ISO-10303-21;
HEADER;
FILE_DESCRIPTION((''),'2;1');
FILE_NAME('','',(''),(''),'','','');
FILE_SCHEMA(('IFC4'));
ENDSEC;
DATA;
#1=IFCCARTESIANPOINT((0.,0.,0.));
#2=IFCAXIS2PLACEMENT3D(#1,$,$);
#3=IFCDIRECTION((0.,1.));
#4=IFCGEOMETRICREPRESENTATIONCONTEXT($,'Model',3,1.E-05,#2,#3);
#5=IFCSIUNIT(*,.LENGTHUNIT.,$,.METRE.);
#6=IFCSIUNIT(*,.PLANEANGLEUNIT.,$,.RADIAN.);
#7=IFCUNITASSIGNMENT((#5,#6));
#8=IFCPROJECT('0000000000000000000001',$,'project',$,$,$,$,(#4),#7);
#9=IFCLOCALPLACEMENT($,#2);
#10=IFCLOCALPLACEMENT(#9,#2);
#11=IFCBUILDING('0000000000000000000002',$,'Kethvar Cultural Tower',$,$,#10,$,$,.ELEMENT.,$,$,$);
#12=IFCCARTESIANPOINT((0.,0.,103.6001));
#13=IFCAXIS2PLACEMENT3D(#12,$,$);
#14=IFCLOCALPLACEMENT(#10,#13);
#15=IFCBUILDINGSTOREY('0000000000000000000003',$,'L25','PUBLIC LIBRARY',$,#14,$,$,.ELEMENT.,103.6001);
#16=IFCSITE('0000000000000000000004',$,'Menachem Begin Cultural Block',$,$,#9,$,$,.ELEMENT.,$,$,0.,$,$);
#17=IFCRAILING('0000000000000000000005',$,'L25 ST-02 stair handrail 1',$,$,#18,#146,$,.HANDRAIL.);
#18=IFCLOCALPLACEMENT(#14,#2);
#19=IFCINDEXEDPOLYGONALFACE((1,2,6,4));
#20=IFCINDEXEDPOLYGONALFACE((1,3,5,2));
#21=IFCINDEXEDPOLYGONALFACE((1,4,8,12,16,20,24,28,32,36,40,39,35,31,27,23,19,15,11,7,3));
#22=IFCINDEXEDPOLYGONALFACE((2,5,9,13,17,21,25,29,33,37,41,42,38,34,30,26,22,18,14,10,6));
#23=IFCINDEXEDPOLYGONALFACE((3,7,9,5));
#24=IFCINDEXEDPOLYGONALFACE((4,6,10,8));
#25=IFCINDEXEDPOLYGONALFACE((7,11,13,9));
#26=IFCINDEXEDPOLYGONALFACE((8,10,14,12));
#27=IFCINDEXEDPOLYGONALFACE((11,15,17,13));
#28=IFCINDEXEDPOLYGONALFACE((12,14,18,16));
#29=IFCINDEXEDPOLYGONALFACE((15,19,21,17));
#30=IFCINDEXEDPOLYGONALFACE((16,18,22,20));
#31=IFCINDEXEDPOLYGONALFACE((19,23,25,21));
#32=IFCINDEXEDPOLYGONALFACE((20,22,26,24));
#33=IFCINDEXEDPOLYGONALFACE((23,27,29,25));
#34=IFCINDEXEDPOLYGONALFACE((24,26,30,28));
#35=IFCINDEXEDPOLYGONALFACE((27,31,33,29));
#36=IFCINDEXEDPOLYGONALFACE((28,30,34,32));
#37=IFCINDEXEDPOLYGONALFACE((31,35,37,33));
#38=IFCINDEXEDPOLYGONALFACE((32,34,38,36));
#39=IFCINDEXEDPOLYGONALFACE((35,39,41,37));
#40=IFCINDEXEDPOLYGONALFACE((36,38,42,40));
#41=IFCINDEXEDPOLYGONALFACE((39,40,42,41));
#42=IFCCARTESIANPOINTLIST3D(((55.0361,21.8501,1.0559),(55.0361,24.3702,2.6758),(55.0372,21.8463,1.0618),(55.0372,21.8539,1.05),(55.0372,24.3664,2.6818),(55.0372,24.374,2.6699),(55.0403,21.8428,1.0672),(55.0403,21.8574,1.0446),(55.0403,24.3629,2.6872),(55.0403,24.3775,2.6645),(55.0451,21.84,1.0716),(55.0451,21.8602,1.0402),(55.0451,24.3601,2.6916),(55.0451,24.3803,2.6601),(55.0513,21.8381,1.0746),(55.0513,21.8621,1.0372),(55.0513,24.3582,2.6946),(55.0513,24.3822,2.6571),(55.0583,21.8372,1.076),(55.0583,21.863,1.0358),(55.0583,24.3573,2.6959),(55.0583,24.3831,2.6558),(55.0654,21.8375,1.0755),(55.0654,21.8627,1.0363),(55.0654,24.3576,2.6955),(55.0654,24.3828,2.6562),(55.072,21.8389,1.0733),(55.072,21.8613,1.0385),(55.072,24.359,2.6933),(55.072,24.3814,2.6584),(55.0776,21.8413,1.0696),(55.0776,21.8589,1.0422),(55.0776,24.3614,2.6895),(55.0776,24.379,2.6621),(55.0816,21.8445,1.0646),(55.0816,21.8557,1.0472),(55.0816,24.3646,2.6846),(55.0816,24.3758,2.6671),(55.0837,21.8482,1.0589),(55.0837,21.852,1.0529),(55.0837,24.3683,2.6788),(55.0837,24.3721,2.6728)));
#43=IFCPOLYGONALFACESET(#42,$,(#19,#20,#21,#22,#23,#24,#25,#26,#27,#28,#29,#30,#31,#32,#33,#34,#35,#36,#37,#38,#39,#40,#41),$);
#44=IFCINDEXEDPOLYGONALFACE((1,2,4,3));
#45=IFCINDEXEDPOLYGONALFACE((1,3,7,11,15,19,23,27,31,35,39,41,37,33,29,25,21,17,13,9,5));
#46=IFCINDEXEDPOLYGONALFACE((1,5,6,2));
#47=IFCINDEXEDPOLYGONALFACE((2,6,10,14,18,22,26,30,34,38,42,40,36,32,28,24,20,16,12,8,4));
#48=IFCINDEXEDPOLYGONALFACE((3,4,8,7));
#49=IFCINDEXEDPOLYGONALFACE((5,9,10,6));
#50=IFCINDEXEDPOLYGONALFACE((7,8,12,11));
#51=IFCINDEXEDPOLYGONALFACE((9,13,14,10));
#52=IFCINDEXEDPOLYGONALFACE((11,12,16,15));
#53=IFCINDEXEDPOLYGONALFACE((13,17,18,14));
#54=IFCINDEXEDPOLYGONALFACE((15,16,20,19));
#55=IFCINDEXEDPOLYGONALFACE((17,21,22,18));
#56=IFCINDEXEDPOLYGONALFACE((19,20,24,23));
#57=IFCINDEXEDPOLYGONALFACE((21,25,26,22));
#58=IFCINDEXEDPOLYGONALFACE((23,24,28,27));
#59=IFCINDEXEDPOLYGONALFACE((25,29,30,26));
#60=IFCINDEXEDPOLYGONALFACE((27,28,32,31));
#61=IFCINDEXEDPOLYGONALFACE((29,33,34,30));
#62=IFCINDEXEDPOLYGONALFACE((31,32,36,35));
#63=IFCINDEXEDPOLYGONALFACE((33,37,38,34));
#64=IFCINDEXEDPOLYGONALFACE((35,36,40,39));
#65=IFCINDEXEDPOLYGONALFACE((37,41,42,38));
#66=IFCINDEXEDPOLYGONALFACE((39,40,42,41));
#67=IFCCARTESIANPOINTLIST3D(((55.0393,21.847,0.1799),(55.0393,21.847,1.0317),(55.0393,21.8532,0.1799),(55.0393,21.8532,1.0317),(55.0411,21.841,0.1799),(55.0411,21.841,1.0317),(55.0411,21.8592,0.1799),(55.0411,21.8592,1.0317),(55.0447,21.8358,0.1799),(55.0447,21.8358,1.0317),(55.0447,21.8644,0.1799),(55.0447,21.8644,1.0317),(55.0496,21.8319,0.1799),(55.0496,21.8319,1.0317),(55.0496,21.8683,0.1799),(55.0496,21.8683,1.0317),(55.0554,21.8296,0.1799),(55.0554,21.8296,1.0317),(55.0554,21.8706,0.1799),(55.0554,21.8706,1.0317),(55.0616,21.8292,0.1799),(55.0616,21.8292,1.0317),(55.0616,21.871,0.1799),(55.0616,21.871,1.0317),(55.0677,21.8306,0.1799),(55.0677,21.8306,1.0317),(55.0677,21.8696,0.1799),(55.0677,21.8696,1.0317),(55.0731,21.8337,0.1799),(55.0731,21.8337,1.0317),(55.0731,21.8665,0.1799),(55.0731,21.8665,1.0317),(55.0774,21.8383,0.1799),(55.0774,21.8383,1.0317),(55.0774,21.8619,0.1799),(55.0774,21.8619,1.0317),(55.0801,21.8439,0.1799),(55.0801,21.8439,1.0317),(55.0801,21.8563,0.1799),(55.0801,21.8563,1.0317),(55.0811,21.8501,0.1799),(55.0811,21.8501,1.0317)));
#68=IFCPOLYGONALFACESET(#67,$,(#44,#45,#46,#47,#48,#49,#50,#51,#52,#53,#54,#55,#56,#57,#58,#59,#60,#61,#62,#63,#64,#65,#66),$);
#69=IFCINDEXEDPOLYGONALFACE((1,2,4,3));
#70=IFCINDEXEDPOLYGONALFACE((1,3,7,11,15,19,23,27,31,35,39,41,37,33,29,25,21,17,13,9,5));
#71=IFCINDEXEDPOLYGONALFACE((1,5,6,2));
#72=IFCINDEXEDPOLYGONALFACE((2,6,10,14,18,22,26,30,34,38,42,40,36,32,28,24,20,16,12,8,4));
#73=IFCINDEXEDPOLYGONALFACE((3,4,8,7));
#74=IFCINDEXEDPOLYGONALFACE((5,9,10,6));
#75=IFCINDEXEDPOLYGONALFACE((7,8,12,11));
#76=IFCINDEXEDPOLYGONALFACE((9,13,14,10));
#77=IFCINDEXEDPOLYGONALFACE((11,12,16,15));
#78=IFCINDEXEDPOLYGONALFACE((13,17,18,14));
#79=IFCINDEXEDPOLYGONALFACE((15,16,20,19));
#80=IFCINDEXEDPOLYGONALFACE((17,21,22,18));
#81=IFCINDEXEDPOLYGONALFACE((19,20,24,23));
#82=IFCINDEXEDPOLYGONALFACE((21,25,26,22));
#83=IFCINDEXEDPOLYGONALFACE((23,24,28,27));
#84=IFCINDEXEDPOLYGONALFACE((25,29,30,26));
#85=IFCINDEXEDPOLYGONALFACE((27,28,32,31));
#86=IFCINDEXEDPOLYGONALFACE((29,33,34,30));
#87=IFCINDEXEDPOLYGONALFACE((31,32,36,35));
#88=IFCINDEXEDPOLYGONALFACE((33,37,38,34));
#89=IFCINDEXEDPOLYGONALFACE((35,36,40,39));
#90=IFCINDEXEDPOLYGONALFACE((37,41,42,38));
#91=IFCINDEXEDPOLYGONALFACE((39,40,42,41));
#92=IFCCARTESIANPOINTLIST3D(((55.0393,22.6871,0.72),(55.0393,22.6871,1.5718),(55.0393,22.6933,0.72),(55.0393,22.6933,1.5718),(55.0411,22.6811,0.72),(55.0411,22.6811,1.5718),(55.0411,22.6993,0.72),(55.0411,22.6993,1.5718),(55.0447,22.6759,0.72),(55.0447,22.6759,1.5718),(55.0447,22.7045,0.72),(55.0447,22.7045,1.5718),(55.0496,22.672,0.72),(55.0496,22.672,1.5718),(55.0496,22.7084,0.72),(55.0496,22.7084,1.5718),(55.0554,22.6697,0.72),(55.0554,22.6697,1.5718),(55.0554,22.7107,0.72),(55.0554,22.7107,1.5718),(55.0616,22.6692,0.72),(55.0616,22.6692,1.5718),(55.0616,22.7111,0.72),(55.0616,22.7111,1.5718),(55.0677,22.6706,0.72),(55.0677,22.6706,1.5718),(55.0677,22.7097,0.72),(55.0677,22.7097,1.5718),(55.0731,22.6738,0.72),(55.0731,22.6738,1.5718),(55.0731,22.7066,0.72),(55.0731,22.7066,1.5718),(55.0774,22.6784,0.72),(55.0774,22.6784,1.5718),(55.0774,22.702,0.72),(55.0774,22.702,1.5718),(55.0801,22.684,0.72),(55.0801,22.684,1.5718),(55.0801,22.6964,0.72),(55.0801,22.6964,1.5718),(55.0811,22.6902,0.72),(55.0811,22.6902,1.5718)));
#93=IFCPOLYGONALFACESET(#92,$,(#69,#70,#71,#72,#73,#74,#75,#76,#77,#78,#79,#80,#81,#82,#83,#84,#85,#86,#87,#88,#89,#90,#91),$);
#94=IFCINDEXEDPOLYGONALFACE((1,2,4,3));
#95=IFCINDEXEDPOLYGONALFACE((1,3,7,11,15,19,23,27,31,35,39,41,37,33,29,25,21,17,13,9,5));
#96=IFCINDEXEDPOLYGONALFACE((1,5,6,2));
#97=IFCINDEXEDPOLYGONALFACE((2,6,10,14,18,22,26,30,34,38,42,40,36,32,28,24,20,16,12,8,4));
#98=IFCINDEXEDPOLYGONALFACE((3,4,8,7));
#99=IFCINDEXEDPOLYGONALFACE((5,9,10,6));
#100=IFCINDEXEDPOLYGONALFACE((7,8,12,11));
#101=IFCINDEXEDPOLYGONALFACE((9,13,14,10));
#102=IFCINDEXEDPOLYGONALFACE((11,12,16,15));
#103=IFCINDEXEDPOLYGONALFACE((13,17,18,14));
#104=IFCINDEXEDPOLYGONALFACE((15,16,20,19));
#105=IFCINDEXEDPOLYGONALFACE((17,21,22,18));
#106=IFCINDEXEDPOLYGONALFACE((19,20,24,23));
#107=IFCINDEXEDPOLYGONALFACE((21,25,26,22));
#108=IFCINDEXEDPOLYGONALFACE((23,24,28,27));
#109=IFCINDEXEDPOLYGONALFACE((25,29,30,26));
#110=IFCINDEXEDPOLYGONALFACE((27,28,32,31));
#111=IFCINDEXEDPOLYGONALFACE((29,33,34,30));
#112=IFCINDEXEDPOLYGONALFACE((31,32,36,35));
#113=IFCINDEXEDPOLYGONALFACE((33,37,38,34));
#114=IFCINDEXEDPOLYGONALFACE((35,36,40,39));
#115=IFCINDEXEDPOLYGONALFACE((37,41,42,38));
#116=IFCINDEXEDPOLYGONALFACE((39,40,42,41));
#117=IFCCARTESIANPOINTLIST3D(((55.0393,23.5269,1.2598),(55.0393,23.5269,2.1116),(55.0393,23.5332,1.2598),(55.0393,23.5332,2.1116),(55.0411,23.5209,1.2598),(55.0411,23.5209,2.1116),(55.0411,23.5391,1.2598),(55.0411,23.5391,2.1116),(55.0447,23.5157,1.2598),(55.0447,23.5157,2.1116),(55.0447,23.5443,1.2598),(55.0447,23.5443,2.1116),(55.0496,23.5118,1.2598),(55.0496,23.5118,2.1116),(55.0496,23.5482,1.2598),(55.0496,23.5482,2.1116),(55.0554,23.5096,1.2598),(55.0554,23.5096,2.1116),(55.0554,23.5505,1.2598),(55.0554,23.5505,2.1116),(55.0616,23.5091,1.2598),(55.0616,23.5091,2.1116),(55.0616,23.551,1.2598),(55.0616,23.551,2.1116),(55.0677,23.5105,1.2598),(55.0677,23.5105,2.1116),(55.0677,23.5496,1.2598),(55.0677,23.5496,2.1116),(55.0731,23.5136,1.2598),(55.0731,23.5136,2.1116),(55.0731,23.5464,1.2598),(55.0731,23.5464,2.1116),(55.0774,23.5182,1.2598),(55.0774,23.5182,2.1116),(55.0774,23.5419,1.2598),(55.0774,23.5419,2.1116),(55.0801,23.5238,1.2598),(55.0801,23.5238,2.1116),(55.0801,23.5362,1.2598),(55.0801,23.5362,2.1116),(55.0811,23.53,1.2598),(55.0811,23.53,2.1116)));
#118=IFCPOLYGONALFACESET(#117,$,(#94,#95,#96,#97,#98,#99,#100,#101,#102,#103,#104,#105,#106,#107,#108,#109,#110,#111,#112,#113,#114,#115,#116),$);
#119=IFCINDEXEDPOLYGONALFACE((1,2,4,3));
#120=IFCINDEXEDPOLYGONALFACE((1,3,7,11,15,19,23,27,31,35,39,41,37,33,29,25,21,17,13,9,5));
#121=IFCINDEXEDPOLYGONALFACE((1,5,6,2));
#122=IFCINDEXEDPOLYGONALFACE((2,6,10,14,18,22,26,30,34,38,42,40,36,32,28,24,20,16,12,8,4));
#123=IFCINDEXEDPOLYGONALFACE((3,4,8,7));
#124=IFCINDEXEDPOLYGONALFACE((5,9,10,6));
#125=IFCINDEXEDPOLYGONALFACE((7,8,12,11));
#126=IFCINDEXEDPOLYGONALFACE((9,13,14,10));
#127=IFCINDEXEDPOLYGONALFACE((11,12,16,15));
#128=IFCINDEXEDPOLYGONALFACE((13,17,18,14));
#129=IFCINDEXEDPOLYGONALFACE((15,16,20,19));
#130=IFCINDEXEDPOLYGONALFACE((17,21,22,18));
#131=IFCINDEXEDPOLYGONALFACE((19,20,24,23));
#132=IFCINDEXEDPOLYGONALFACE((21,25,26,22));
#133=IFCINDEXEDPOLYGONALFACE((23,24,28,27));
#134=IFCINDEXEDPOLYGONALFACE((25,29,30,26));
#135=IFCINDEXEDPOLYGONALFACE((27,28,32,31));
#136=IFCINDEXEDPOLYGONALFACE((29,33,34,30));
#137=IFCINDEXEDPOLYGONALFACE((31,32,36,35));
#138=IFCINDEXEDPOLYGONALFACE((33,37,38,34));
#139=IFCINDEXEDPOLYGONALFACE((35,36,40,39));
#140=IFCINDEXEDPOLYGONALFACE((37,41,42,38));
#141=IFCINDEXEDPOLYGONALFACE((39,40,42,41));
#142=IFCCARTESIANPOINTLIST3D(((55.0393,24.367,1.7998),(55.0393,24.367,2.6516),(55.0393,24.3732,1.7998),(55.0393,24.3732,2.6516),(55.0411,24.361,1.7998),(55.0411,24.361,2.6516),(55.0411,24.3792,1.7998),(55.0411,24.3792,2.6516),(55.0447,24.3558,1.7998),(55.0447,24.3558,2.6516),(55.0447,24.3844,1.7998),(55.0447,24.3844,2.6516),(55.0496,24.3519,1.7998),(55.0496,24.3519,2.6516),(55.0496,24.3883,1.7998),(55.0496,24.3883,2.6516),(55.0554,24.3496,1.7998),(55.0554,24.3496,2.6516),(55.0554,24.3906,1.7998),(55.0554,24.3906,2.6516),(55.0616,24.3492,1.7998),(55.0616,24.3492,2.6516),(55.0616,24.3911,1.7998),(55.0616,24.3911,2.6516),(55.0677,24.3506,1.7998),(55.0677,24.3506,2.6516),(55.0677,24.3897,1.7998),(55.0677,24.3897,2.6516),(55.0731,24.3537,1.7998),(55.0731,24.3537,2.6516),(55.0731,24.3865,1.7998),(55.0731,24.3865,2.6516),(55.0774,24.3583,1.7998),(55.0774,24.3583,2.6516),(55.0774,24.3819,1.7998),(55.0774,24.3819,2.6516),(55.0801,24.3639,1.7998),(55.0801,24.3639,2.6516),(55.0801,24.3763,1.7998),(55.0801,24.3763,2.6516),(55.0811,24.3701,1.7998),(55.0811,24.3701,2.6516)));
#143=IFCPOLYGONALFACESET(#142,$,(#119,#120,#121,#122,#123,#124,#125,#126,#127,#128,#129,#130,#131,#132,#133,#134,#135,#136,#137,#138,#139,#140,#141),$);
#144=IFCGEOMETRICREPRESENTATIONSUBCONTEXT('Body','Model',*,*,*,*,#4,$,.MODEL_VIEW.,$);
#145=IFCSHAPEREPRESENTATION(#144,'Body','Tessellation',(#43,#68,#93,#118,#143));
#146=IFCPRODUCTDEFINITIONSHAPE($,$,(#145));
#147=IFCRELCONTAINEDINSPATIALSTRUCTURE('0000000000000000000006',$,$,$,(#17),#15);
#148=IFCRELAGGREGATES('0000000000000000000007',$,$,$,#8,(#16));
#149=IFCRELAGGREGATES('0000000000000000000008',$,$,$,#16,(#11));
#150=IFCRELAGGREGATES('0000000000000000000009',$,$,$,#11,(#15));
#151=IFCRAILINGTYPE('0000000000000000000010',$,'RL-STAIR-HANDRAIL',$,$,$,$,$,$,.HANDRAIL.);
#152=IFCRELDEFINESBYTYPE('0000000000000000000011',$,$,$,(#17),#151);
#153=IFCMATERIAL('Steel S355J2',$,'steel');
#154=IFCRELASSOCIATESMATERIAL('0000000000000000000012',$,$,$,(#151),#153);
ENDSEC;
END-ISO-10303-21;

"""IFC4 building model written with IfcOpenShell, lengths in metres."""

from ifc_helpers import new_model, si_unit, direction, frame, origin, origin_2d, place, context, subcontext, project, spatial, circle, extrude, material, type_object, element, save


model = new_model("IFC4")

# Units and contexts
model_context = context("Model", 3, precision=1e-05, world=origin(), true_north=direction((0.0, 1.0)))
body_context = subcontext(model_context, "Body", "Model", "MODEL_VIEW")
ifc_project = project(units=[si_unit("LENGTHUNIT", "METRE"), si_unit("PLANEANGLEUNIT", "RADIAN")], contexts=[model_context])

# Site, building, storey
site_placement = place(None, origin())
site = spatial("IfcSite", under=ifc_project, at=site_placement, Name="Menachem Begin Cultural Block", CompositionType="ELEMENT", RefElevation=0.0)
building_placement = place(site_placement, origin())
building = spatial("IfcBuilding", under=site, at=building_placement, Name="Kethvar Cultural Tower", CompositionType="ELEMENT")
storey_placement = place(building_placement, frame((0.0, 0.0, 103.6001)))
storey = spatial("IfcBuildingStorey", under=building, at=storey_placement, Name="L25", Description="PUBLIC LIBRARY", CompositionType="ELEMENT", Elevation=103.6001)

# Shared definitions
ifc_material_1 = material(Name="Steel S355J2", Category="steel")

# Railing
railing_type_1 = type_object("IfcRailingType", Name="RL-STAIR-HANDRAIL", PredefinedType="HANDRAIL", material=ifc_material_1)
railing_1_placement = place(storey_placement, frame((55.0601, 21.8501, 0.1799)))
element("IfcRailing", 1, at=railing_1_placement, inside=storey, type_object=railing_type_1, Name="L25 ST-02 stair handrail 1", PredefinedType="HANDRAIL", context=body_context, shape_type="SweptSolid", body=[
    extrude(circle(Radius=0.0239, at=origin_2d()), frame((0.0, 0.0, 0.876), z_axis=(0.0, 0.8412, 0.540725), x_axis=(-1.0, 0.0, 0.0)), (0.0, 0.0, 1.0), 2.9958),
    extrude(circle(Radius=0.021, at=origin_2d()), origin(), (0.0, 0.0, 1.0), 0.8518),
    extrude(circle(Radius=0.021, at=origin_2d()), frame((0.0, 0.8401, 0.54)), (0.0, 0.0, 1.0), 0.8518),
    extrude(circle(Radius=0.021, at=origin_2d()), frame((0.0, 1.6799, 1.0798)), (0.0, 0.0, 1.0), 0.8518),
    extrude(circle(Radius=0.021, at=origin_2d()), frame((0.0, 2.52, 1.6199)), (0.0, 0.0, 1.0), 0.8518),
])

save(model, "model.ifc")
